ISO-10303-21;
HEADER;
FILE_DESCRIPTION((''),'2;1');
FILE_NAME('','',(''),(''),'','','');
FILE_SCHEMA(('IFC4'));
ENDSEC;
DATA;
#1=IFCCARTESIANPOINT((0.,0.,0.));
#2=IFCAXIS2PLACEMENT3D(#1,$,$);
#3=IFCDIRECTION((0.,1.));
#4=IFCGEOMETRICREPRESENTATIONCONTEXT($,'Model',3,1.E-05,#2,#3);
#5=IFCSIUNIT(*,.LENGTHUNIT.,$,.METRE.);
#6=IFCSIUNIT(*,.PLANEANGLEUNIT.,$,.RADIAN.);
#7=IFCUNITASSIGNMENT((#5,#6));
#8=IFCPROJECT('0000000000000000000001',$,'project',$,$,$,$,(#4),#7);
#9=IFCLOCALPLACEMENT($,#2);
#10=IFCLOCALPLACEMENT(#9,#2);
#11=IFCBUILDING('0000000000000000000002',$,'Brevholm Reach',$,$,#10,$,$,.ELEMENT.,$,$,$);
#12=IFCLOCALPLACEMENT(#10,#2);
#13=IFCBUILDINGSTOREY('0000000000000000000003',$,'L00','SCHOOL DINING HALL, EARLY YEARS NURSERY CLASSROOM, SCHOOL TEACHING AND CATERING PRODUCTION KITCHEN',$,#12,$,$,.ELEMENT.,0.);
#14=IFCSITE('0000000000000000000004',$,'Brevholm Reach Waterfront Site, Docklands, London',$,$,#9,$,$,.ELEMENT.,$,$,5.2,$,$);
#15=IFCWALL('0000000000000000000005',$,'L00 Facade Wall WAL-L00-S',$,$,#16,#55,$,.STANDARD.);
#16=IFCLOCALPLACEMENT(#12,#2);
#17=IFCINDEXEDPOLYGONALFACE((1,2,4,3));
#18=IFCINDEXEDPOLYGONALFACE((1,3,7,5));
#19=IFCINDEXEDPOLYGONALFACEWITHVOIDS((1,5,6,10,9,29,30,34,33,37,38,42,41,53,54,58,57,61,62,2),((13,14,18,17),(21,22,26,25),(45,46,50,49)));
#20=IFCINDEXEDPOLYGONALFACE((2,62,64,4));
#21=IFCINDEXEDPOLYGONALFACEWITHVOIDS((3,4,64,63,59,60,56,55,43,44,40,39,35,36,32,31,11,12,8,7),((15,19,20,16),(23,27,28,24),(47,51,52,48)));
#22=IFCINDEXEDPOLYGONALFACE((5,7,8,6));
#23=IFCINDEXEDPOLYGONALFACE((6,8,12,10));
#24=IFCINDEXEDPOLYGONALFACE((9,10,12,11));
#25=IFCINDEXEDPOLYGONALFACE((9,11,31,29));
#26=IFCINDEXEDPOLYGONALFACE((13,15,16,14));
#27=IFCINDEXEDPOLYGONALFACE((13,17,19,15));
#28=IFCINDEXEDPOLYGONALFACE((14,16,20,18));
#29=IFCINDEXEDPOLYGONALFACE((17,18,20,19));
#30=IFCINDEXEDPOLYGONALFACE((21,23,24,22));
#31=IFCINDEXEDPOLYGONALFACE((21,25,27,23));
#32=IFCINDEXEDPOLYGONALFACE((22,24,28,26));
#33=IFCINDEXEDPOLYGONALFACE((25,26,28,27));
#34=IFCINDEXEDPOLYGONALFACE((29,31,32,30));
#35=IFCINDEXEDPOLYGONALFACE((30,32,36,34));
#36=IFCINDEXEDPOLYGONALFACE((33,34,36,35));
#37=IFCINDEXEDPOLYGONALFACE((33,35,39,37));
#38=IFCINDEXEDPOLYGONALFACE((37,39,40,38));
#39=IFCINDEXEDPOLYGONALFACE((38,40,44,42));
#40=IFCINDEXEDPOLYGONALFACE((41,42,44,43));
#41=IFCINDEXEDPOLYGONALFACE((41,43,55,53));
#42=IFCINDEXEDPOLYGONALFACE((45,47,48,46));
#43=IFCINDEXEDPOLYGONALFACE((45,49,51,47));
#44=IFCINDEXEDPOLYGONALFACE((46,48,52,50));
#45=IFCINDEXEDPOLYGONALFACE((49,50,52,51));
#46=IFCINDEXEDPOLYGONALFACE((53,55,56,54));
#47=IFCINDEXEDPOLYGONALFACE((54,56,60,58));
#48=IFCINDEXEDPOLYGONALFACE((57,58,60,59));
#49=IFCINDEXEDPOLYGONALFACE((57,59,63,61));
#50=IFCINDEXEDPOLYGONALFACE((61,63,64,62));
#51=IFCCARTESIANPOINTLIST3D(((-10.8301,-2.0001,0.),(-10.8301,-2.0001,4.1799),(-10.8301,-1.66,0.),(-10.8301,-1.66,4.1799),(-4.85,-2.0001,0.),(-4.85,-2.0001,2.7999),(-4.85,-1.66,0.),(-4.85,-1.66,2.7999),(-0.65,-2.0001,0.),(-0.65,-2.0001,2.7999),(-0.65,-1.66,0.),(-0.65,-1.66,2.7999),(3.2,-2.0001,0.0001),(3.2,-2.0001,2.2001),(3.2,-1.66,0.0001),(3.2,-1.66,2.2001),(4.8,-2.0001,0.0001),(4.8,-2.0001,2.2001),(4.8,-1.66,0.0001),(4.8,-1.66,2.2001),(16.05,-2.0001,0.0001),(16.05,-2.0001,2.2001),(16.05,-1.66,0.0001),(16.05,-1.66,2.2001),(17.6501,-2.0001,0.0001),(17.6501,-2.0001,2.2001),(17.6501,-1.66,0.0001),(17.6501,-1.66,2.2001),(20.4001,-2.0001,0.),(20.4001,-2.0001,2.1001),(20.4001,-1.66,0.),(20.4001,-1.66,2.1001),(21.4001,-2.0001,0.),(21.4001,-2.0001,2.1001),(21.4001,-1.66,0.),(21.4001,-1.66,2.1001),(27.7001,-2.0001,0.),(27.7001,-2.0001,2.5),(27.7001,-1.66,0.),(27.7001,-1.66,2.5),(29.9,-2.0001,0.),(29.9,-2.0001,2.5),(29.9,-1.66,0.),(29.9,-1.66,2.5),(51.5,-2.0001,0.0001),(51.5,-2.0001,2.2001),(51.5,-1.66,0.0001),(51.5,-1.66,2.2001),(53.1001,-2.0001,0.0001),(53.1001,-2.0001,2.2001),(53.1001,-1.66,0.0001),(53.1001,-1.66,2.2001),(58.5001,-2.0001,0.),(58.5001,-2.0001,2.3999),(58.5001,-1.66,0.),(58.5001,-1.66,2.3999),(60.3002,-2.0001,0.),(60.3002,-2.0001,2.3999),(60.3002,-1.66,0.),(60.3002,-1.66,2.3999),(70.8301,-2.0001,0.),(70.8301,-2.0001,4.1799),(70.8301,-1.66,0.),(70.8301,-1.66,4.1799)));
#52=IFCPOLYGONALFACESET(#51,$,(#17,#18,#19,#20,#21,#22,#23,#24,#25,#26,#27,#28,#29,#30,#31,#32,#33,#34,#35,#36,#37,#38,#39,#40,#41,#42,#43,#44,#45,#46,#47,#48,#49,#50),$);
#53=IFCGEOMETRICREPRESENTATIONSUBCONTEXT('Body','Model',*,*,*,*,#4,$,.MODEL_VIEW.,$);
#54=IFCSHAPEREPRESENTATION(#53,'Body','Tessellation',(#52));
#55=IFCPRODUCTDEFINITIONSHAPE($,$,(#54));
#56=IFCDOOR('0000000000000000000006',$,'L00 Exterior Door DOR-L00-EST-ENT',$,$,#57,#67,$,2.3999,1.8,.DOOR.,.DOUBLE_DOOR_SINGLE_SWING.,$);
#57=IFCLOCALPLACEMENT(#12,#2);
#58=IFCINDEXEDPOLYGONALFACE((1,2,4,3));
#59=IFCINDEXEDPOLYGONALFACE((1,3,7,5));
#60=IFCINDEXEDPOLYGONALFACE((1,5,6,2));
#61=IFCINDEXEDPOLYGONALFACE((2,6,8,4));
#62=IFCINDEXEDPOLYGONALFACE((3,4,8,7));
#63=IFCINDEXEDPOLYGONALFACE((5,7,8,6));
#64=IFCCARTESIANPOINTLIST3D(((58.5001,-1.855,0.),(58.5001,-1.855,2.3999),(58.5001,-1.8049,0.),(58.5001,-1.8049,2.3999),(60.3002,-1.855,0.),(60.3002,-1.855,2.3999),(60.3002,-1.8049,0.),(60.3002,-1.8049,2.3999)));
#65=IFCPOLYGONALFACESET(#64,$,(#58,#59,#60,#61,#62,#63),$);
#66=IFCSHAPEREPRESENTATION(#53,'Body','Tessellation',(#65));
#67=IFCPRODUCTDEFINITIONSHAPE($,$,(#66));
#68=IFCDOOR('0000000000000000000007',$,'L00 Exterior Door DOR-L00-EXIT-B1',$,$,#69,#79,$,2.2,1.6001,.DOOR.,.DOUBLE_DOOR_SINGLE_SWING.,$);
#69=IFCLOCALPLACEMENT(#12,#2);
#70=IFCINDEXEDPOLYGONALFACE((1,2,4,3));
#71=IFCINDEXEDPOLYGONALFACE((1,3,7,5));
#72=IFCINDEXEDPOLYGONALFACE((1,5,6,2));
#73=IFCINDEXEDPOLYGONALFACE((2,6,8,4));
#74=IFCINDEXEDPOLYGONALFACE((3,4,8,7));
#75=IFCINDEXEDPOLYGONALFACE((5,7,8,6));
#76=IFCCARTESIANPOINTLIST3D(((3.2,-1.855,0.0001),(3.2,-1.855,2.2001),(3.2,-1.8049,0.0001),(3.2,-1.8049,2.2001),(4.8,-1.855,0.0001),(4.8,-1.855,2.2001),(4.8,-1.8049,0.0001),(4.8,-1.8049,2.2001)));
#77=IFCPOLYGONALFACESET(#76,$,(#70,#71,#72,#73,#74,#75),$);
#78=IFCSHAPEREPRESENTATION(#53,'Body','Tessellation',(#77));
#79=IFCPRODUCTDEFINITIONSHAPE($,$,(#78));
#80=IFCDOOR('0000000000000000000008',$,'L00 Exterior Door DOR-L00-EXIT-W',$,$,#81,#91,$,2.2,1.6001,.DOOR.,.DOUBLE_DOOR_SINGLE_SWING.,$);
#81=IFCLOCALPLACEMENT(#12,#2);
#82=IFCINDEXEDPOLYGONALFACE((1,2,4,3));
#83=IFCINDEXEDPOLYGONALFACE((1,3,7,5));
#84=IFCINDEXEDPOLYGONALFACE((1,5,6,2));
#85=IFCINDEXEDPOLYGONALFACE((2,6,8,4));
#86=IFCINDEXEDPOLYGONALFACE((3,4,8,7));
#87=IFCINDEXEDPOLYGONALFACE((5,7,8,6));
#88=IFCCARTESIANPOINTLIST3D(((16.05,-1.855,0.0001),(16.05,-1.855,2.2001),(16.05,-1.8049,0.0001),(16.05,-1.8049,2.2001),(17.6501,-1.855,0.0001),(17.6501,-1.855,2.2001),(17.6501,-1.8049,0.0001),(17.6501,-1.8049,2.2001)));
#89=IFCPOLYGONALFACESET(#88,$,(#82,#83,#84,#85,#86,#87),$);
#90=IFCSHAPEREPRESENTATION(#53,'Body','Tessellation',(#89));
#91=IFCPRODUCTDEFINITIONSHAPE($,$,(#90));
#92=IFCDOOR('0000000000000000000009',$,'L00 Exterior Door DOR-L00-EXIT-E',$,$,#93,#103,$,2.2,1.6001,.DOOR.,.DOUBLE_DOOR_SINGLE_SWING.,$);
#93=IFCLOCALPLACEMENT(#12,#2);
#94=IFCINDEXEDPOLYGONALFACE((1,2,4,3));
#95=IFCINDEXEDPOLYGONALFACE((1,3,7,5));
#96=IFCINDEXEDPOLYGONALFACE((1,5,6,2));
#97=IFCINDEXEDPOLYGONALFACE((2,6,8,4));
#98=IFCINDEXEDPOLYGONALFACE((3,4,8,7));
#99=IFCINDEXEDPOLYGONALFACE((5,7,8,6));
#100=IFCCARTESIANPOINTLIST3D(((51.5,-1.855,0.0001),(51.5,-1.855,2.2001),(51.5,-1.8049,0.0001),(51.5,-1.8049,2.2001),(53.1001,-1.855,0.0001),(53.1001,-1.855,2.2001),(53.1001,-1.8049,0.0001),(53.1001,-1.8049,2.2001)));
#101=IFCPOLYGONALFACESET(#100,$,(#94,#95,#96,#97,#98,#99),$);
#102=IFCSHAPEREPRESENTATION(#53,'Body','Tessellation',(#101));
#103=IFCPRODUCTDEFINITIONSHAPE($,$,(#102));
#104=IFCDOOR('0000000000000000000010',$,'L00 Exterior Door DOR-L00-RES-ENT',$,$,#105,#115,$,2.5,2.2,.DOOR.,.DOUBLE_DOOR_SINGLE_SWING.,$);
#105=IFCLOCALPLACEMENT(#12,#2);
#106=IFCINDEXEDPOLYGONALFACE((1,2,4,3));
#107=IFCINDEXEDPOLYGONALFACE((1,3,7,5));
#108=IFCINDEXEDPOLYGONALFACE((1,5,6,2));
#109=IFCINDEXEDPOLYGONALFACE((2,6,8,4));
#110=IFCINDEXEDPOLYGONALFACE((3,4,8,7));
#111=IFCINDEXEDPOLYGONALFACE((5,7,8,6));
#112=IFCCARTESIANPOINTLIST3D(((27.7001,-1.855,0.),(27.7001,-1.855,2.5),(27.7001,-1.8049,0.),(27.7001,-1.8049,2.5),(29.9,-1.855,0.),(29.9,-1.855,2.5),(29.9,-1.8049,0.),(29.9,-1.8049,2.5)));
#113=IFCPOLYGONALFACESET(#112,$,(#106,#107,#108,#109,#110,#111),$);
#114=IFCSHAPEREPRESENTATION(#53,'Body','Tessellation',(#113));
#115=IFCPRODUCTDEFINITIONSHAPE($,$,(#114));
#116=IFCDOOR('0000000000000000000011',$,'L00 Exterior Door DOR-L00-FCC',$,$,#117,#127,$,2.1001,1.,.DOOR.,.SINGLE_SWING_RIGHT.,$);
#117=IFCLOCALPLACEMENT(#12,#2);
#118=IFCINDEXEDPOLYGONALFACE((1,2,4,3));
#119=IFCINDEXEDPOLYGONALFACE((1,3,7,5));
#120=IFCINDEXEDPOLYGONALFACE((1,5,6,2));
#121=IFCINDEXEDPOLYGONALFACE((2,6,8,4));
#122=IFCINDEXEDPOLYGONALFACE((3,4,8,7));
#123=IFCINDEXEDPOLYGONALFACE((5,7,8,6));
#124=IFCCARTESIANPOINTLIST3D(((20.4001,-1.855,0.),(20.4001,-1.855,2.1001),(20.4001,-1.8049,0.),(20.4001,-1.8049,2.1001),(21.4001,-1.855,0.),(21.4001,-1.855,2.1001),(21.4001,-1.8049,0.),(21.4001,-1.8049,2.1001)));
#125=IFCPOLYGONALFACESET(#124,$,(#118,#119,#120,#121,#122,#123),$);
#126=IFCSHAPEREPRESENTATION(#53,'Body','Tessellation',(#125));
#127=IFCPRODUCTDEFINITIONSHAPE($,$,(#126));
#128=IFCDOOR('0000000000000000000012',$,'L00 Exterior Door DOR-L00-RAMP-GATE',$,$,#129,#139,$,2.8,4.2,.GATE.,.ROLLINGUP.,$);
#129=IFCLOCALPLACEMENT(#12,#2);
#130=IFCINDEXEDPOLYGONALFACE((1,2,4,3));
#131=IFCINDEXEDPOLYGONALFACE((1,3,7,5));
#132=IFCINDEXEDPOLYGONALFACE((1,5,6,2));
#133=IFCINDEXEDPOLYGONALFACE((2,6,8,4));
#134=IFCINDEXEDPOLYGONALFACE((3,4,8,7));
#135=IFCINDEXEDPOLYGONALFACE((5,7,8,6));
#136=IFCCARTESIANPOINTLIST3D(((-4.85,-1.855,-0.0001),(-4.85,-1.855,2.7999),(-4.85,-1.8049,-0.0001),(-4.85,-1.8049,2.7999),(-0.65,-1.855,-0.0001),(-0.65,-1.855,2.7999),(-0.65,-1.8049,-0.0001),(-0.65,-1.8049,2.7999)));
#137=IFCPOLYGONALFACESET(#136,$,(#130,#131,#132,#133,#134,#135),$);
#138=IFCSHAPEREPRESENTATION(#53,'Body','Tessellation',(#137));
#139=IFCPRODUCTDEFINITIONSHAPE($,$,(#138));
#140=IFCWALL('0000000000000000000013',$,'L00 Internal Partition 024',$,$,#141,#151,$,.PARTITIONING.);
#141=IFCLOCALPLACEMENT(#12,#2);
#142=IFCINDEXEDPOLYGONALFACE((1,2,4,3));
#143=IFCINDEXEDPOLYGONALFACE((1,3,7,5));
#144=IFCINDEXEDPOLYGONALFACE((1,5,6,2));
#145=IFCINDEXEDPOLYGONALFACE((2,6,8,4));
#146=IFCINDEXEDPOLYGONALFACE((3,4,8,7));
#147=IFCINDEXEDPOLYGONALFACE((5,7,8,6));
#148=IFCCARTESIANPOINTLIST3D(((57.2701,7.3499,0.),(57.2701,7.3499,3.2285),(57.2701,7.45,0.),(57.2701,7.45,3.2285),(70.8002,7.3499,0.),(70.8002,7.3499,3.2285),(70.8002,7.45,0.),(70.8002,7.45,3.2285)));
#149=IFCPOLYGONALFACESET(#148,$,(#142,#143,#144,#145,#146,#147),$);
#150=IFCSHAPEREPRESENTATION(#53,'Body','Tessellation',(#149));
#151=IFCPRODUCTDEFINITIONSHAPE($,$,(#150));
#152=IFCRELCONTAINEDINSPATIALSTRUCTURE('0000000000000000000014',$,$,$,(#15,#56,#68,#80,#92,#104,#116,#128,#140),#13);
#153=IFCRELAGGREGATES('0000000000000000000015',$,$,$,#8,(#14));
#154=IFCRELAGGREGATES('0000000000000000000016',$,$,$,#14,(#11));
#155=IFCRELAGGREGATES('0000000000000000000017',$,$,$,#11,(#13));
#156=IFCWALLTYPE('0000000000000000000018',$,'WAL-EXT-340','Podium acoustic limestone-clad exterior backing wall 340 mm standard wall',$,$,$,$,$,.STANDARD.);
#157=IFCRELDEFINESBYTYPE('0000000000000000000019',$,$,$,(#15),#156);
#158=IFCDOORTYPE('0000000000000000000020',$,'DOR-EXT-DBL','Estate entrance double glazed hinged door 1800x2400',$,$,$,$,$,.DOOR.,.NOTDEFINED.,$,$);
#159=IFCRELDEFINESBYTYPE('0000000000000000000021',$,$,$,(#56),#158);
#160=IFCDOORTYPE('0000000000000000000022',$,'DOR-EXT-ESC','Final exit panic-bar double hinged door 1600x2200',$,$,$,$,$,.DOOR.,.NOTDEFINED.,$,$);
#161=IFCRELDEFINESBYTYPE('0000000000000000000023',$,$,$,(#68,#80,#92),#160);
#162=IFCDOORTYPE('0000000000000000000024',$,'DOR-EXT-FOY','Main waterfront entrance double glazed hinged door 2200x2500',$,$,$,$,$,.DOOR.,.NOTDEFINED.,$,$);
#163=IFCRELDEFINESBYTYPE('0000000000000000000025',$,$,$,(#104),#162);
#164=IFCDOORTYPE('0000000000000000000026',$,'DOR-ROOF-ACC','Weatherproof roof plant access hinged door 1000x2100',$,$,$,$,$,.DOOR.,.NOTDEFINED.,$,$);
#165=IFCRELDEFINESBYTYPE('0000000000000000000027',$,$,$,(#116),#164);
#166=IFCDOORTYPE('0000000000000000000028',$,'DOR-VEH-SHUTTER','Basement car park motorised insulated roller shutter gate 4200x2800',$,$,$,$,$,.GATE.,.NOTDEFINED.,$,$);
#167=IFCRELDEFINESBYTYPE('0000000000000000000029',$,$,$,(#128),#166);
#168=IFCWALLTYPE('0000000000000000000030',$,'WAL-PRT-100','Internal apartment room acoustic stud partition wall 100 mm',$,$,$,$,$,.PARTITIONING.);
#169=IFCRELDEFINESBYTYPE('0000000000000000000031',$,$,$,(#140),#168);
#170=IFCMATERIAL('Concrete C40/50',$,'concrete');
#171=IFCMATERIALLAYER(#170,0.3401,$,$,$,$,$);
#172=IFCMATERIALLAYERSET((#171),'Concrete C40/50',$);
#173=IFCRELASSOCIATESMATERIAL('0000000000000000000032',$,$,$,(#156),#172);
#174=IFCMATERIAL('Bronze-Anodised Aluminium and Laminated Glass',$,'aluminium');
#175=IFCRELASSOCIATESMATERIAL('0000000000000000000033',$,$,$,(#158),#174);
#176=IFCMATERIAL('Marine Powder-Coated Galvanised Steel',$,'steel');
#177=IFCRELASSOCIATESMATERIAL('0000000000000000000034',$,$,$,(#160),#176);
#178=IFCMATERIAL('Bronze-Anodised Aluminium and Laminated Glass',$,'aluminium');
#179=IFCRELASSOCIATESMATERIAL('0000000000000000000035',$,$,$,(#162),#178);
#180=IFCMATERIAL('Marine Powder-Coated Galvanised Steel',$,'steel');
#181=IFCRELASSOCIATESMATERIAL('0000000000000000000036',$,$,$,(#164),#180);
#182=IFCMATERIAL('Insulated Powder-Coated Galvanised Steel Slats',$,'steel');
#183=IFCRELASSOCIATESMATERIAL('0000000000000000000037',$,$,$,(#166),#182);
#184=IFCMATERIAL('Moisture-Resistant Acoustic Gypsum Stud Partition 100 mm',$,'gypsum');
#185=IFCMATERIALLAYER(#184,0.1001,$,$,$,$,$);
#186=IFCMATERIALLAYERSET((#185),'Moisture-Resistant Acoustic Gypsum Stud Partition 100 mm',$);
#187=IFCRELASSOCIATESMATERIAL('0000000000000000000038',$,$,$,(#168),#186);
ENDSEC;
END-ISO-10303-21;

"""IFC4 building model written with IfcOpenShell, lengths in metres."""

from ifc_helpers import new_model, si_unit, direction, frame, frame_2d, origin, place, context, subcontext, project, spatial, rectangle, extrude, material, layer, layer_set, type_object, element, fill, save


model = new_model("IFC4")

# Units and contexts
model_context = context("Model", 3, precision=1e-05, world=origin(), true_north=direction((0.0, 1.0)))
body_context = subcontext(model_context, "Body", "Model", "MODEL_VIEW")
ifc_project = project(units=[si_unit("LENGTHUNIT", "METRE"), si_unit("PLANEANGLEUNIT", "RADIAN")], contexts=[model_context])

# Site, building, storey
site_placement = place(None, origin())
site = spatial("IfcSite", under=ifc_project, at=site_placement, Name="Brevholm Reach Waterfront Site, Docklands, London", CompositionType="ELEMENT", RefElevation=5.2)
building_placement = place(site_placement, origin())
building = spatial("IfcBuilding", under=site, at=building_placement, Name="Brevholm Reach", CompositionType="ELEMENT")
storey_placement = place(building_placement, origin())
storey = spatial("IfcBuildingStorey", under=building, at=storey_placement, Name="L00", Description="SCHOOL DINING HALL, EARLY YEARS NURSERY CLASSROOM, SCHOOL TEACHING AND CATERING PRODUCTION KITCHEN", CompositionType="ELEMENT", Elevation=0.0)

# Wall, openings, doors
ifc_material_1 = material(Name="Concrete C40/50", Category="concrete")
ifc_layer_1 = layer(ifc_material_1, 0.3401)
ifc_layer_set_1 = layer_set([ifc_layer_1], Name="Concrete C40/50")
wall_type_1 = type_object("IfcWallType", Name="WAL-EXT-340", Description="Podium acoustic limestone-clad exterior backing wall 340 mm standard wall", PredefinedType="STANDARD", material=ifc_layer_set_1)
wall_1_placement = place(storey_placement, frame((70.8301, -1.8301, 0.0), z_axis=(0.0, 0.0, 1.0), x_axis=(-1.0, 0.0, 0.0)))
wall_1 = element("IfcWall", 1, at=wall_1_placement, inside=storey, type_object=wall_type_1, Name="L00 Facade Wall WAL-L00-S", PredefinedType="STANDARD", context=body_context, shape_type="SweptSolid", body=[
    extrude(rectangle(XDim=81.6602, YDim=0.3401, at=frame_2d((40.8301, 0.0))), origin(), (0.0, 0.0, 1.0), 4.1799),
])
opening_1_placement = place(wall_1_placement, frame((71.48, 0.0, 0.0)))
opening_1 = element("IfcOpeningElement", 2, at=opening_1_placement, cuts=wall_1, PredefinedType="OPENING", context=body_context, shape_type="SweptSolid", body=[
    extrude(rectangle(XDim=4.2, YDim=2.8, at=frame_2d((2.1001, 1.3999))), frame((0.0, 0.1799, 0.0), z_axis=(0.0, -1.0, 0.0), x_axis=(1.0, 0.0, 0.0)), (0.0, 0.0, 1.0), 0.3601),
])
opening_2_placement = place(wall_1_placement, frame((66.03, 0.0, 0.0)))
opening_2 = element("IfcOpeningElement", 3, at=opening_2_placement, cuts=wall_1, PredefinedType="OPENING", context=body_context, shape_type="SweptSolid", body=[
    extrude(rectangle(XDim=1.6001, YDim=2.2, at=frame_2d((0.8, 1.1001))), frame((0.0, 0.1799, 0.0), z_axis=(0.0, -1.0, 0.0), x_axis=(1.0, 0.0, 0.0)), (0.0, 0.0, 1.0), 0.3601),
])
opening_3_placement = place(wall_1_placement, frame((53.1799, 0.0, 0.0)))
opening_3 = element("IfcOpeningElement", 4, at=opening_3_placement, cuts=wall_1, PredefinedType="OPENING", context=body_context, shape_type="SweptSolid", body=[
    extrude(rectangle(XDim=1.6001, YDim=2.2, at=frame_2d((0.8, 1.1001))), frame((0.0, 0.1799, 0.0), z_axis=(0.0, -1.0, 0.0), x_axis=(1.0, 0.0, 0.0)), (0.0, 0.0, 1.0), 0.3601),
])
opening_4_placement = place(wall_1_placement, frame((49.4299, 0.0, 0.0)))
opening_4 = element("IfcOpeningElement", 5, at=opening_4_placement, cuts=wall_1, PredefinedType="OPENING", context=body_context, shape_type="SweptSolid", body=[
    extrude(rectangle(XDim=1.0, YDim=2.1001, at=frame_2d((0.5, 1.05))), frame((0.0, 0.1799, 0.0), z_axis=(0.0, -1.0, 0.0), x_axis=(1.0, 0.0, 0.0)), (0.0, 0.0, 1.0), 0.3601),
])
opening_5_placement = place(wall_1_placement, frame((40.9299, 0.0, 0.0)))
opening_5 = element("IfcOpeningElement", 6, at=opening_5_placement, cuts=wall_1, PredefinedType="OPENING", context=body_context, shape_type="SweptSolid", body=[
    extrude(rectangle(XDim=2.2, YDim=2.5, at=frame_2d((1.1001, 1.25))), frame((0.0, 0.1799, 0.0), z_axis=(0.0, -1.0, 0.0), x_axis=(1.0, 0.0, 0.0)), (0.0, 0.0, 1.0), 0.3601),
])
opening_6_placement = place(wall_1_placement, frame((17.73, 0.0, 0.0)))
opening_6 = element("IfcOpeningElement", 7, at=opening_6_placement, cuts=wall_1, PredefinedType="OPENING", context=body_context, shape_type="SweptSolid", body=[
    extrude(rectangle(XDim=1.6001, YDim=2.2, at=frame_2d((0.8, 1.1001))), frame((0.0, 0.1799, 0.0), z_axis=(0.0, -1.0, 0.0), x_axis=(1.0, 0.0, 0.0)), (0.0, 0.0, 1.0), 0.3601),
])
opening_7_placement = place(wall_1_placement, frame((10.53, 0.0, 0.0)))
opening_7 = element("IfcOpeningElement", 8, at=opening_7_placement, cuts=wall_1, PredefinedType="OPENING", context=body_context, shape_type="SweptSolid", body=[
    extrude(rectangle(XDim=1.8, YDim=2.3999, at=frame_2d((0.8999, 1.2))), frame((0.0, 0.1799, 0.0), z_axis=(0.0, -1.0, 0.0), x_axis=(1.0, 0.0, 0.0)), (0.0, 0.0, 1.0), 0.3601),
])
ifc_material_2 = material(Name="Bronze-Anodised Aluminium and Laminated Glass", Category="aluminium")
door_type_1 = type_object("IfcDoorType", Name="DOR-EXT-DBL", Description="Estate entrance double glazed hinged door 1800x2400", OperationType="NOTDEFINED", PredefinedType="DOOR", material=ifc_material_2)
door_1_placement = place(opening_7_placement, origin())
door_1 = element("IfcDoor", 9, at=door_1_placement, inside=storey, type_object=door_type_1, Name="L00 Exterior Door DOR-L00-EST-ENT", OperationType="DOUBLE_DOOR_SINGLE_SWING", OverallHeight=2.3999, OverallWidth=1.8, PredefinedType="DOOR", context=body_context, shape_type="SweptSolid", body=[
    extrude(rectangle(XDim=1.8, YDim=2.3999, at=frame_2d((0.8999, 1.2))), frame((0.0, 0.0249, 0.0), z_axis=(0.0, -1.0, 0.0), x_axis=(1.0, 0.0, 0.0)), (0.0, 0.0, 1.0), 0.05),
])
fill(opening_7, door_1)
ifc_material_3 = material(Name="Marine Powder-Coated Galvanised Steel", Category="steel")
door_type_2 = type_object("IfcDoorType", Name="DOR-EXT-ESC", Description="Final exit panic-bar double hinged door 1600x2200", OperationType="NOTDEFINED", PredefinedType="DOOR", material=ifc_material_3)
door_2_placement = place(opening_2_placement, origin())
door_2 = element("IfcDoor", 10, at=door_2_placement, inside=storey, type_object=door_type_2, Name="L00 Exterior Door DOR-L00-EXIT-B1", OperationType="DOUBLE_DOOR_SINGLE_SWING", OverallHeight=2.2, OverallWidth=1.6001, PredefinedType="DOOR", context=body_context, shape_type="SweptSolid", body=[
    extrude(rectangle(XDim=1.6001, YDim=2.2, at=frame_2d((0.8, 1.1001))), frame((0.0, 0.0249, 0.0), z_axis=(0.0, -1.0, 0.0), x_axis=(1.0, 0.0, 0.0)), (0.0, 0.0, 1.0), 0.05),
])
fill(opening_2, door_2)
door_3_placement = place(opening_3_placement, origin())
door_3 = element("IfcDoor", 11, at=door_3_placement, inside=storey, type_object=door_type_2, Name="L00 Exterior Door DOR-L00-EXIT-W", OperationType="DOUBLE_DOOR_SINGLE_SWING", OverallHeight=2.2, OverallWidth=1.6001, PredefinedType="DOOR", context=body_context, shape_type="SweptSolid", body=[
    extrude(rectangle(XDim=1.6001, YDim=2.2, at=frame_2d((0.8, 1.1001))), frame((0.0, 0.0249, 0.0), z_axis=(0.0, -1.0, 0.0), x_axis=(1.0, 0.0, 0.0)), (0.0, 0.0, 1.0), 0.05),
])
fill(opening_3, door_3)
door_4_placement = place(opening_6_placement, origin())
door_4 = element("IfcDoor", 12, at=door_4_placement, inside=storey, type_object=door_type_2, Name="L00 Exterior Door DOR-L00-EXIT-E", OperationType="DOUBLE_DOOR_SINGLE_SWING", OverallHeight=2.2, OverallWidth=1.6001, PredefinedType="DOOR", context=body_context, shape_type="SweptSolid", body=[
    extrude(rectangle(XDim=1.6001, YDim=2.2, at=frame_2d((0.8, 1.1001))), frame((0.0, 0.0249, 0.0), z_axis=(0.0, -1.0, 0.0), x_axis=(1.0, 0.0, 0.0)), (0.0, 0.0, 1.0), 0.05),
])
fill(opening_6, door_4)
ifc_material_4 = material(Name="Bronze-Anodised Aluminium and Laminated Glass", Category="aluminium")
door_type_3 = type_object("IfcDoorType", Name="DOR-EXT-FOY", Description="Main waterfront entrance double glazed hinged door 2200x2500", OperationType="NOTDEFINED", PredefinedType="DOOR", material=ifc_material_4)
door_5_placement = place(opening_5_placement, origin())
door_5 = element("IfcDoor", 13, at=door_5_placement, inside=storey, type_object=door_type_3, Name="L00 Exterior Door DOR-L00-RES-ENT", OperationType="DOUBLE_DOOR_SINGLE_SWING", OverallHeight=2.5, OverallWidth=2.2, PredefinedType="DOOR", context=body_context, shape_type="SweptSolid", body=[
    extrude(rectangle(XDim=2.2, YDim=2.5, at=frame_2d((1.1001, 1.25))), frame((0.0, 0.0249, 0.0), z_axis=(0.0, -1.0, 0.0), x_axis=(1.0, 0.0, 0.0)), (0.0, 0.0, 1.0), 0.05),
])
fill(opening_5, door_5)
ifc_material_5 = material(Name="Marine Powder-Coated Galvanised Steel", Category="steel")
door_type_4 = type_object("IfcDoorType", Name="DOR-ROOF-ACC", Description="Weatherproof roof plant access hinged door 1000x2100", OperationType="NOTDEFINED", PredefinedType="DOOR", material=ifc_material_5)
door_6_placement = place(opening_4_placement, origin())
door_6 = element("IfcDoor", 14, at=door_6_placement, inside=storey, type_object=door_type_4, Name="L00 Exterior Door DOR-L00-FCC", OperationType="SINGLE_SWING_RIGHT", OverallHeight=2.1001, OverallWidth=1.0, PredefinedType="DOOR", context=body_context, shape_type="SweptSolid", body=[
    extrude(rectangle(XDim=1.0, YDim=2.1001, at=frame_2d((0.5, 1.05))), frame((0.0, 0.0249, 0.0), z_axis=(0.0, -1.0, 0.0), x_axis=(1.0, 0.0, 0.0)), (0.0, 0.0, 1.0), 0.05),
])
fill(opening_4, door_6)
ifc_material_6 = material(Name="Insulated Powder-Coated Galvanised Steel Slats", Category="steel")
door_type_5 = type_object("IfcDoorType", Name="DOR-VEH-SHUTTER", Description="Basement car park motorised insulated roller shutter gate 4200x2800", OperationType="NOTDEFINED", PredefinedType="GATE", material=ifc_material_6)
door_7_placement = place(opening_1_placement, origin())
door_7 = element("IfcDoor", 15, at=door_7_placement, inside=storey, type_object=door_type_5, Name="L00 Exterior Door DOR-L00-RAMP-GATE", OperationType="ROLLINGUP", OverallHeight=2.8, OverallWidth=4.2, PredefinedType="GATE", context=body_context, shape_type="SweptSolid", body=[
    extrude(rectangle(XDim=4.2, YDim=2.8, at=frame_2d((2.1001, 1.3999))), frame((0.0, 0.0249, 0.0), z_axis=(0.0, -1.0, 0.0), x_axis=(1.0, 0.0, 0.0)), (0.0, 0.0, 1.0), 0.05),
])
fill(opening_1, door_7)

# Wall
ifc_material_7 = material(Name="Moisture-Resistant Acoustic Gypsum Stud Partition 100 mm", Category="gypsum")
ifc_layer_2 = layer(ifc_material_7, 0.1001)
ifc_layer_set_2 = layer_set([ifc_layer_2], Name="Moisture-Resistant Acoustic Gypsum Stud Partition 100 mm")
wall_type_2 = type_object("IfcWallType", Name="WAL-PRT-100", Description="Internal apartment room acoustic stud partition wall 100 mm", PredefinedType="PARTITIONING", material=ifc_layer_set_2)
wall_2_placement = place(storey_placement, frame((57.27, 7.3999, 0.0), z_axis=(0.0, 0.0, 1.0), x_axis=(1.0, 0.0, 0.0)))
element("IfcWall", 16, at=wall_2_placement, inside=storey, type_object=wall_type_2, Name="L00 Internal Partition 024", PredefinedType="PARTITIONING", context=body_context, shape_type="SweptSolid", body=[
    extrude(rectangle(XDim=13.53, YDim=0.1001, at=frame_2d((6.7651, 0.0))), origin(), (0.0, 0.0, 1.0), 3.2285),
])

save(model, "model.ifc")
